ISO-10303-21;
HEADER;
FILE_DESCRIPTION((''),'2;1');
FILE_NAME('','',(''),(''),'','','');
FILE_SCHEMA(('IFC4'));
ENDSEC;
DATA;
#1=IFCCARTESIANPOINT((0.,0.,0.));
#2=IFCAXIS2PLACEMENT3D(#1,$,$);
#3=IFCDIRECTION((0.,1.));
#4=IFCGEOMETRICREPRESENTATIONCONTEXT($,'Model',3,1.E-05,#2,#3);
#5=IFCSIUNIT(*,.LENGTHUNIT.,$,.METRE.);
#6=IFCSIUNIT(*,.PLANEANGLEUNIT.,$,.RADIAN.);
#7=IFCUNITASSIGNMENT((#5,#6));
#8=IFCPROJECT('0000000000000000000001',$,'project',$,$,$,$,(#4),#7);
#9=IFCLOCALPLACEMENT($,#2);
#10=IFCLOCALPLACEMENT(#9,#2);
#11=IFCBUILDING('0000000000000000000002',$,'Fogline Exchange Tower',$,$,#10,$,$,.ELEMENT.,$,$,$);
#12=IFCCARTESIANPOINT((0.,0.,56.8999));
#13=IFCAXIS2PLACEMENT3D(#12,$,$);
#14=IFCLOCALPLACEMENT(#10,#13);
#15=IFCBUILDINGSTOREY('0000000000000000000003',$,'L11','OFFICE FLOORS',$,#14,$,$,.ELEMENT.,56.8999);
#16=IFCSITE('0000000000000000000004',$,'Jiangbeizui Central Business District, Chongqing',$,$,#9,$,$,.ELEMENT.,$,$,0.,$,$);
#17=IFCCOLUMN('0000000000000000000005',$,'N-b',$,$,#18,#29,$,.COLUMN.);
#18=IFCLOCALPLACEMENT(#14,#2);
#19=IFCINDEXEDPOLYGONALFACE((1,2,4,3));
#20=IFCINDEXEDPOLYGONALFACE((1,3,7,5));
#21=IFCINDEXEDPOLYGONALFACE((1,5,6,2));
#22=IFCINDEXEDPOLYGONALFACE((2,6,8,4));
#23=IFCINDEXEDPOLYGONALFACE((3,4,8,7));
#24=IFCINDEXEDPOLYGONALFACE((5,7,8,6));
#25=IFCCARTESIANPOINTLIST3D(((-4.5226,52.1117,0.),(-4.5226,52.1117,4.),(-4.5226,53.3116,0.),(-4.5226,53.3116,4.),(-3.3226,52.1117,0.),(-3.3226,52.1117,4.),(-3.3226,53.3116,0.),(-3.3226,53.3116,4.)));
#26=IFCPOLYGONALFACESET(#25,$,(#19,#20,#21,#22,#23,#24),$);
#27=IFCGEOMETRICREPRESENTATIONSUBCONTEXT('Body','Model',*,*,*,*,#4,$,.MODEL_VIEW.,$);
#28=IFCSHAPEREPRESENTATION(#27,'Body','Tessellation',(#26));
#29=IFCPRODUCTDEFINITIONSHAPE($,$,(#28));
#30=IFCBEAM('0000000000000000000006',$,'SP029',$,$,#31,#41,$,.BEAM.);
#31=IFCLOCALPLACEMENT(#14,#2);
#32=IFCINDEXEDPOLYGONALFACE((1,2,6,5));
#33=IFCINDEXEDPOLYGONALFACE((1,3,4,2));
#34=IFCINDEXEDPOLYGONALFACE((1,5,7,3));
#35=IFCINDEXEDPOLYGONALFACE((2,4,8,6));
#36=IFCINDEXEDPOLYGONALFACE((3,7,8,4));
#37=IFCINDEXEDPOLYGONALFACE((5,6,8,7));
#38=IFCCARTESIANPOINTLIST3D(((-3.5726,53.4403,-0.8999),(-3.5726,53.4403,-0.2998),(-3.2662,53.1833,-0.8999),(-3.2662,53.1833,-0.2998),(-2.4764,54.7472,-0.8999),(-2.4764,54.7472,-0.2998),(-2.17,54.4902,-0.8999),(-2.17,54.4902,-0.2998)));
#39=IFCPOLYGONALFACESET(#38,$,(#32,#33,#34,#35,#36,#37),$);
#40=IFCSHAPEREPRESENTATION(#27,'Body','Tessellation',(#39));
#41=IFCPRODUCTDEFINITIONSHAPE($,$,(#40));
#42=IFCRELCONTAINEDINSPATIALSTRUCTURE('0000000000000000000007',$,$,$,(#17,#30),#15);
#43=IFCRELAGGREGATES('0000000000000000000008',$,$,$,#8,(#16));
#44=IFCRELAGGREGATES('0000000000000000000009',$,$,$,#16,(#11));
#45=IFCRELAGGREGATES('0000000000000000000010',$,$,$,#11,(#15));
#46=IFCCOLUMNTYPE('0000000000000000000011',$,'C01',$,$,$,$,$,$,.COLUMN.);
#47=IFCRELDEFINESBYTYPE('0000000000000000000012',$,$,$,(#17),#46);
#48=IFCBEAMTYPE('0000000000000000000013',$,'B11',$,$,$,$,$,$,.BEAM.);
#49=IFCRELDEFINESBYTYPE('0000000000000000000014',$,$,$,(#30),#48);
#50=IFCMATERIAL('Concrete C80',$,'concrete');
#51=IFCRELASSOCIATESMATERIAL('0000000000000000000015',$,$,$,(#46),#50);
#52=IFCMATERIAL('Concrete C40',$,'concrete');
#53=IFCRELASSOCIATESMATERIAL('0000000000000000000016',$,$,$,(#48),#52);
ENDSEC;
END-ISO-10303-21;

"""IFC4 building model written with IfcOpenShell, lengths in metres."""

from ifc_helpers import new_model, si_unit, direction, frame, origin, origin_2d, place, context, subcontext, project, spatial, rectangle, extrude, material, material_profile, profile_set, type_object, element, save


model = new_model("IFC4")

# Units and contexts
model_context = context("Model", 3, precision=1e-05, world=origin(), true_north=direction((0.0, 1.0)))
body_context = subcontext(model_context, "Body", "Model", "MODEL_VIEW")
ifc_project = project(units=[si_unit("LENGTHUNIT", "METRE"), si_unit("PLANEANGLEUNIT", "RADIAN")], contexts=[model_context])

# Site, building, storey
site_placement = place(None, origin())
site = spatial("IfcSite", under=ifc_project, at=site_placement, Name="Jiangbeizui Central Business District, Chongqing", CompositionType="ELEMENT", RefElevation=0.0)
building_placement = place(site_placement, origin())
building = spatial("IfcBuilding", under=site, at=building_placement, Name="Fogline Exchange Tower", CompositionType="ELEMENT")
storey_placement = place(building_placement, frame((0.0, 0.0, 56.8999)))
storey = spatial("IfcBuildingStorey", under=building, at=storey_placement, Name="L11", Description="OFFICE FLOORS", CompositionType="ELEMENT", Elevation=56.8999)

# Column
ifc_material_1 = material(Name="Concrete C80", Category="concrete")
ifc_material_profile_1 = material_profile(ifc_material_1, rectangle(XDim=1.2, YDim=1.2, at=origin_2d()), Name="RC 1200x1200")
ifc_profile_set_1 = profile_set([ifc_material_profile_1], Name="Concrete C80")
column_type = type_object("IfcColumnType", Name="C01", PredefinedType="COLUMN", material=ifc_profile_set_1)
column_placement = place(storey_placement, frame((-3.9226, 52.7117, 0.0), z_axis=(0.0, 0.0, 1.0), x_axis=(1.0, 0.0, 0.0)))
element("IfcColumn", 1, at=column_placement, inside=storey, type_object=column_type, Name="N-b", PredefinedType="COLUMN", context=body_context, shape_type="SweptSolid", body=[
    extrude(rectangle(XDim=1.2, YDim=1.2, at=origin_2d()), origin(), (0.0, 0.0, 1.0), 4.0),
])

# Beam
ifc_material_2 = material(Name="Concrete C40", Category="concrete")
ifc_material_profile_2 = material_profile(ifc_material_2, rectangle(XDim=0.3999, YDim=0.6001, at=origin_2d()), Name="RC 400x600")
ifc_profile_set_2 = profile_set([ifc_material_profile_2], Name="Concrete C40")
beam_type = type_object("IfcBeamType", Name="B11", PredefinedType="BEAM", material=ifc_profile_set_2)
beam_placement = place(storey_placement, frame((-3.4194, 53.3118, -0.5999), z_axis=(0.642645, 0.766164, 0.0), x_axis=(-0.766164, 0.642645, 0.0)))
element("IfcBeam", 2, at=beam_placement, inside=storey, type_object=beam_type, Name="SP029", PredefinedType="BEAM", context=body_context, shape_type="SweptSolid", body=[
    extrude(rectangle(XDim=0.3999, YDim=0.6001, at=origin_2d()), origin(), (0.0, 0.0, 1.0), 1.7058),
])

save(model, "model.ifc")
